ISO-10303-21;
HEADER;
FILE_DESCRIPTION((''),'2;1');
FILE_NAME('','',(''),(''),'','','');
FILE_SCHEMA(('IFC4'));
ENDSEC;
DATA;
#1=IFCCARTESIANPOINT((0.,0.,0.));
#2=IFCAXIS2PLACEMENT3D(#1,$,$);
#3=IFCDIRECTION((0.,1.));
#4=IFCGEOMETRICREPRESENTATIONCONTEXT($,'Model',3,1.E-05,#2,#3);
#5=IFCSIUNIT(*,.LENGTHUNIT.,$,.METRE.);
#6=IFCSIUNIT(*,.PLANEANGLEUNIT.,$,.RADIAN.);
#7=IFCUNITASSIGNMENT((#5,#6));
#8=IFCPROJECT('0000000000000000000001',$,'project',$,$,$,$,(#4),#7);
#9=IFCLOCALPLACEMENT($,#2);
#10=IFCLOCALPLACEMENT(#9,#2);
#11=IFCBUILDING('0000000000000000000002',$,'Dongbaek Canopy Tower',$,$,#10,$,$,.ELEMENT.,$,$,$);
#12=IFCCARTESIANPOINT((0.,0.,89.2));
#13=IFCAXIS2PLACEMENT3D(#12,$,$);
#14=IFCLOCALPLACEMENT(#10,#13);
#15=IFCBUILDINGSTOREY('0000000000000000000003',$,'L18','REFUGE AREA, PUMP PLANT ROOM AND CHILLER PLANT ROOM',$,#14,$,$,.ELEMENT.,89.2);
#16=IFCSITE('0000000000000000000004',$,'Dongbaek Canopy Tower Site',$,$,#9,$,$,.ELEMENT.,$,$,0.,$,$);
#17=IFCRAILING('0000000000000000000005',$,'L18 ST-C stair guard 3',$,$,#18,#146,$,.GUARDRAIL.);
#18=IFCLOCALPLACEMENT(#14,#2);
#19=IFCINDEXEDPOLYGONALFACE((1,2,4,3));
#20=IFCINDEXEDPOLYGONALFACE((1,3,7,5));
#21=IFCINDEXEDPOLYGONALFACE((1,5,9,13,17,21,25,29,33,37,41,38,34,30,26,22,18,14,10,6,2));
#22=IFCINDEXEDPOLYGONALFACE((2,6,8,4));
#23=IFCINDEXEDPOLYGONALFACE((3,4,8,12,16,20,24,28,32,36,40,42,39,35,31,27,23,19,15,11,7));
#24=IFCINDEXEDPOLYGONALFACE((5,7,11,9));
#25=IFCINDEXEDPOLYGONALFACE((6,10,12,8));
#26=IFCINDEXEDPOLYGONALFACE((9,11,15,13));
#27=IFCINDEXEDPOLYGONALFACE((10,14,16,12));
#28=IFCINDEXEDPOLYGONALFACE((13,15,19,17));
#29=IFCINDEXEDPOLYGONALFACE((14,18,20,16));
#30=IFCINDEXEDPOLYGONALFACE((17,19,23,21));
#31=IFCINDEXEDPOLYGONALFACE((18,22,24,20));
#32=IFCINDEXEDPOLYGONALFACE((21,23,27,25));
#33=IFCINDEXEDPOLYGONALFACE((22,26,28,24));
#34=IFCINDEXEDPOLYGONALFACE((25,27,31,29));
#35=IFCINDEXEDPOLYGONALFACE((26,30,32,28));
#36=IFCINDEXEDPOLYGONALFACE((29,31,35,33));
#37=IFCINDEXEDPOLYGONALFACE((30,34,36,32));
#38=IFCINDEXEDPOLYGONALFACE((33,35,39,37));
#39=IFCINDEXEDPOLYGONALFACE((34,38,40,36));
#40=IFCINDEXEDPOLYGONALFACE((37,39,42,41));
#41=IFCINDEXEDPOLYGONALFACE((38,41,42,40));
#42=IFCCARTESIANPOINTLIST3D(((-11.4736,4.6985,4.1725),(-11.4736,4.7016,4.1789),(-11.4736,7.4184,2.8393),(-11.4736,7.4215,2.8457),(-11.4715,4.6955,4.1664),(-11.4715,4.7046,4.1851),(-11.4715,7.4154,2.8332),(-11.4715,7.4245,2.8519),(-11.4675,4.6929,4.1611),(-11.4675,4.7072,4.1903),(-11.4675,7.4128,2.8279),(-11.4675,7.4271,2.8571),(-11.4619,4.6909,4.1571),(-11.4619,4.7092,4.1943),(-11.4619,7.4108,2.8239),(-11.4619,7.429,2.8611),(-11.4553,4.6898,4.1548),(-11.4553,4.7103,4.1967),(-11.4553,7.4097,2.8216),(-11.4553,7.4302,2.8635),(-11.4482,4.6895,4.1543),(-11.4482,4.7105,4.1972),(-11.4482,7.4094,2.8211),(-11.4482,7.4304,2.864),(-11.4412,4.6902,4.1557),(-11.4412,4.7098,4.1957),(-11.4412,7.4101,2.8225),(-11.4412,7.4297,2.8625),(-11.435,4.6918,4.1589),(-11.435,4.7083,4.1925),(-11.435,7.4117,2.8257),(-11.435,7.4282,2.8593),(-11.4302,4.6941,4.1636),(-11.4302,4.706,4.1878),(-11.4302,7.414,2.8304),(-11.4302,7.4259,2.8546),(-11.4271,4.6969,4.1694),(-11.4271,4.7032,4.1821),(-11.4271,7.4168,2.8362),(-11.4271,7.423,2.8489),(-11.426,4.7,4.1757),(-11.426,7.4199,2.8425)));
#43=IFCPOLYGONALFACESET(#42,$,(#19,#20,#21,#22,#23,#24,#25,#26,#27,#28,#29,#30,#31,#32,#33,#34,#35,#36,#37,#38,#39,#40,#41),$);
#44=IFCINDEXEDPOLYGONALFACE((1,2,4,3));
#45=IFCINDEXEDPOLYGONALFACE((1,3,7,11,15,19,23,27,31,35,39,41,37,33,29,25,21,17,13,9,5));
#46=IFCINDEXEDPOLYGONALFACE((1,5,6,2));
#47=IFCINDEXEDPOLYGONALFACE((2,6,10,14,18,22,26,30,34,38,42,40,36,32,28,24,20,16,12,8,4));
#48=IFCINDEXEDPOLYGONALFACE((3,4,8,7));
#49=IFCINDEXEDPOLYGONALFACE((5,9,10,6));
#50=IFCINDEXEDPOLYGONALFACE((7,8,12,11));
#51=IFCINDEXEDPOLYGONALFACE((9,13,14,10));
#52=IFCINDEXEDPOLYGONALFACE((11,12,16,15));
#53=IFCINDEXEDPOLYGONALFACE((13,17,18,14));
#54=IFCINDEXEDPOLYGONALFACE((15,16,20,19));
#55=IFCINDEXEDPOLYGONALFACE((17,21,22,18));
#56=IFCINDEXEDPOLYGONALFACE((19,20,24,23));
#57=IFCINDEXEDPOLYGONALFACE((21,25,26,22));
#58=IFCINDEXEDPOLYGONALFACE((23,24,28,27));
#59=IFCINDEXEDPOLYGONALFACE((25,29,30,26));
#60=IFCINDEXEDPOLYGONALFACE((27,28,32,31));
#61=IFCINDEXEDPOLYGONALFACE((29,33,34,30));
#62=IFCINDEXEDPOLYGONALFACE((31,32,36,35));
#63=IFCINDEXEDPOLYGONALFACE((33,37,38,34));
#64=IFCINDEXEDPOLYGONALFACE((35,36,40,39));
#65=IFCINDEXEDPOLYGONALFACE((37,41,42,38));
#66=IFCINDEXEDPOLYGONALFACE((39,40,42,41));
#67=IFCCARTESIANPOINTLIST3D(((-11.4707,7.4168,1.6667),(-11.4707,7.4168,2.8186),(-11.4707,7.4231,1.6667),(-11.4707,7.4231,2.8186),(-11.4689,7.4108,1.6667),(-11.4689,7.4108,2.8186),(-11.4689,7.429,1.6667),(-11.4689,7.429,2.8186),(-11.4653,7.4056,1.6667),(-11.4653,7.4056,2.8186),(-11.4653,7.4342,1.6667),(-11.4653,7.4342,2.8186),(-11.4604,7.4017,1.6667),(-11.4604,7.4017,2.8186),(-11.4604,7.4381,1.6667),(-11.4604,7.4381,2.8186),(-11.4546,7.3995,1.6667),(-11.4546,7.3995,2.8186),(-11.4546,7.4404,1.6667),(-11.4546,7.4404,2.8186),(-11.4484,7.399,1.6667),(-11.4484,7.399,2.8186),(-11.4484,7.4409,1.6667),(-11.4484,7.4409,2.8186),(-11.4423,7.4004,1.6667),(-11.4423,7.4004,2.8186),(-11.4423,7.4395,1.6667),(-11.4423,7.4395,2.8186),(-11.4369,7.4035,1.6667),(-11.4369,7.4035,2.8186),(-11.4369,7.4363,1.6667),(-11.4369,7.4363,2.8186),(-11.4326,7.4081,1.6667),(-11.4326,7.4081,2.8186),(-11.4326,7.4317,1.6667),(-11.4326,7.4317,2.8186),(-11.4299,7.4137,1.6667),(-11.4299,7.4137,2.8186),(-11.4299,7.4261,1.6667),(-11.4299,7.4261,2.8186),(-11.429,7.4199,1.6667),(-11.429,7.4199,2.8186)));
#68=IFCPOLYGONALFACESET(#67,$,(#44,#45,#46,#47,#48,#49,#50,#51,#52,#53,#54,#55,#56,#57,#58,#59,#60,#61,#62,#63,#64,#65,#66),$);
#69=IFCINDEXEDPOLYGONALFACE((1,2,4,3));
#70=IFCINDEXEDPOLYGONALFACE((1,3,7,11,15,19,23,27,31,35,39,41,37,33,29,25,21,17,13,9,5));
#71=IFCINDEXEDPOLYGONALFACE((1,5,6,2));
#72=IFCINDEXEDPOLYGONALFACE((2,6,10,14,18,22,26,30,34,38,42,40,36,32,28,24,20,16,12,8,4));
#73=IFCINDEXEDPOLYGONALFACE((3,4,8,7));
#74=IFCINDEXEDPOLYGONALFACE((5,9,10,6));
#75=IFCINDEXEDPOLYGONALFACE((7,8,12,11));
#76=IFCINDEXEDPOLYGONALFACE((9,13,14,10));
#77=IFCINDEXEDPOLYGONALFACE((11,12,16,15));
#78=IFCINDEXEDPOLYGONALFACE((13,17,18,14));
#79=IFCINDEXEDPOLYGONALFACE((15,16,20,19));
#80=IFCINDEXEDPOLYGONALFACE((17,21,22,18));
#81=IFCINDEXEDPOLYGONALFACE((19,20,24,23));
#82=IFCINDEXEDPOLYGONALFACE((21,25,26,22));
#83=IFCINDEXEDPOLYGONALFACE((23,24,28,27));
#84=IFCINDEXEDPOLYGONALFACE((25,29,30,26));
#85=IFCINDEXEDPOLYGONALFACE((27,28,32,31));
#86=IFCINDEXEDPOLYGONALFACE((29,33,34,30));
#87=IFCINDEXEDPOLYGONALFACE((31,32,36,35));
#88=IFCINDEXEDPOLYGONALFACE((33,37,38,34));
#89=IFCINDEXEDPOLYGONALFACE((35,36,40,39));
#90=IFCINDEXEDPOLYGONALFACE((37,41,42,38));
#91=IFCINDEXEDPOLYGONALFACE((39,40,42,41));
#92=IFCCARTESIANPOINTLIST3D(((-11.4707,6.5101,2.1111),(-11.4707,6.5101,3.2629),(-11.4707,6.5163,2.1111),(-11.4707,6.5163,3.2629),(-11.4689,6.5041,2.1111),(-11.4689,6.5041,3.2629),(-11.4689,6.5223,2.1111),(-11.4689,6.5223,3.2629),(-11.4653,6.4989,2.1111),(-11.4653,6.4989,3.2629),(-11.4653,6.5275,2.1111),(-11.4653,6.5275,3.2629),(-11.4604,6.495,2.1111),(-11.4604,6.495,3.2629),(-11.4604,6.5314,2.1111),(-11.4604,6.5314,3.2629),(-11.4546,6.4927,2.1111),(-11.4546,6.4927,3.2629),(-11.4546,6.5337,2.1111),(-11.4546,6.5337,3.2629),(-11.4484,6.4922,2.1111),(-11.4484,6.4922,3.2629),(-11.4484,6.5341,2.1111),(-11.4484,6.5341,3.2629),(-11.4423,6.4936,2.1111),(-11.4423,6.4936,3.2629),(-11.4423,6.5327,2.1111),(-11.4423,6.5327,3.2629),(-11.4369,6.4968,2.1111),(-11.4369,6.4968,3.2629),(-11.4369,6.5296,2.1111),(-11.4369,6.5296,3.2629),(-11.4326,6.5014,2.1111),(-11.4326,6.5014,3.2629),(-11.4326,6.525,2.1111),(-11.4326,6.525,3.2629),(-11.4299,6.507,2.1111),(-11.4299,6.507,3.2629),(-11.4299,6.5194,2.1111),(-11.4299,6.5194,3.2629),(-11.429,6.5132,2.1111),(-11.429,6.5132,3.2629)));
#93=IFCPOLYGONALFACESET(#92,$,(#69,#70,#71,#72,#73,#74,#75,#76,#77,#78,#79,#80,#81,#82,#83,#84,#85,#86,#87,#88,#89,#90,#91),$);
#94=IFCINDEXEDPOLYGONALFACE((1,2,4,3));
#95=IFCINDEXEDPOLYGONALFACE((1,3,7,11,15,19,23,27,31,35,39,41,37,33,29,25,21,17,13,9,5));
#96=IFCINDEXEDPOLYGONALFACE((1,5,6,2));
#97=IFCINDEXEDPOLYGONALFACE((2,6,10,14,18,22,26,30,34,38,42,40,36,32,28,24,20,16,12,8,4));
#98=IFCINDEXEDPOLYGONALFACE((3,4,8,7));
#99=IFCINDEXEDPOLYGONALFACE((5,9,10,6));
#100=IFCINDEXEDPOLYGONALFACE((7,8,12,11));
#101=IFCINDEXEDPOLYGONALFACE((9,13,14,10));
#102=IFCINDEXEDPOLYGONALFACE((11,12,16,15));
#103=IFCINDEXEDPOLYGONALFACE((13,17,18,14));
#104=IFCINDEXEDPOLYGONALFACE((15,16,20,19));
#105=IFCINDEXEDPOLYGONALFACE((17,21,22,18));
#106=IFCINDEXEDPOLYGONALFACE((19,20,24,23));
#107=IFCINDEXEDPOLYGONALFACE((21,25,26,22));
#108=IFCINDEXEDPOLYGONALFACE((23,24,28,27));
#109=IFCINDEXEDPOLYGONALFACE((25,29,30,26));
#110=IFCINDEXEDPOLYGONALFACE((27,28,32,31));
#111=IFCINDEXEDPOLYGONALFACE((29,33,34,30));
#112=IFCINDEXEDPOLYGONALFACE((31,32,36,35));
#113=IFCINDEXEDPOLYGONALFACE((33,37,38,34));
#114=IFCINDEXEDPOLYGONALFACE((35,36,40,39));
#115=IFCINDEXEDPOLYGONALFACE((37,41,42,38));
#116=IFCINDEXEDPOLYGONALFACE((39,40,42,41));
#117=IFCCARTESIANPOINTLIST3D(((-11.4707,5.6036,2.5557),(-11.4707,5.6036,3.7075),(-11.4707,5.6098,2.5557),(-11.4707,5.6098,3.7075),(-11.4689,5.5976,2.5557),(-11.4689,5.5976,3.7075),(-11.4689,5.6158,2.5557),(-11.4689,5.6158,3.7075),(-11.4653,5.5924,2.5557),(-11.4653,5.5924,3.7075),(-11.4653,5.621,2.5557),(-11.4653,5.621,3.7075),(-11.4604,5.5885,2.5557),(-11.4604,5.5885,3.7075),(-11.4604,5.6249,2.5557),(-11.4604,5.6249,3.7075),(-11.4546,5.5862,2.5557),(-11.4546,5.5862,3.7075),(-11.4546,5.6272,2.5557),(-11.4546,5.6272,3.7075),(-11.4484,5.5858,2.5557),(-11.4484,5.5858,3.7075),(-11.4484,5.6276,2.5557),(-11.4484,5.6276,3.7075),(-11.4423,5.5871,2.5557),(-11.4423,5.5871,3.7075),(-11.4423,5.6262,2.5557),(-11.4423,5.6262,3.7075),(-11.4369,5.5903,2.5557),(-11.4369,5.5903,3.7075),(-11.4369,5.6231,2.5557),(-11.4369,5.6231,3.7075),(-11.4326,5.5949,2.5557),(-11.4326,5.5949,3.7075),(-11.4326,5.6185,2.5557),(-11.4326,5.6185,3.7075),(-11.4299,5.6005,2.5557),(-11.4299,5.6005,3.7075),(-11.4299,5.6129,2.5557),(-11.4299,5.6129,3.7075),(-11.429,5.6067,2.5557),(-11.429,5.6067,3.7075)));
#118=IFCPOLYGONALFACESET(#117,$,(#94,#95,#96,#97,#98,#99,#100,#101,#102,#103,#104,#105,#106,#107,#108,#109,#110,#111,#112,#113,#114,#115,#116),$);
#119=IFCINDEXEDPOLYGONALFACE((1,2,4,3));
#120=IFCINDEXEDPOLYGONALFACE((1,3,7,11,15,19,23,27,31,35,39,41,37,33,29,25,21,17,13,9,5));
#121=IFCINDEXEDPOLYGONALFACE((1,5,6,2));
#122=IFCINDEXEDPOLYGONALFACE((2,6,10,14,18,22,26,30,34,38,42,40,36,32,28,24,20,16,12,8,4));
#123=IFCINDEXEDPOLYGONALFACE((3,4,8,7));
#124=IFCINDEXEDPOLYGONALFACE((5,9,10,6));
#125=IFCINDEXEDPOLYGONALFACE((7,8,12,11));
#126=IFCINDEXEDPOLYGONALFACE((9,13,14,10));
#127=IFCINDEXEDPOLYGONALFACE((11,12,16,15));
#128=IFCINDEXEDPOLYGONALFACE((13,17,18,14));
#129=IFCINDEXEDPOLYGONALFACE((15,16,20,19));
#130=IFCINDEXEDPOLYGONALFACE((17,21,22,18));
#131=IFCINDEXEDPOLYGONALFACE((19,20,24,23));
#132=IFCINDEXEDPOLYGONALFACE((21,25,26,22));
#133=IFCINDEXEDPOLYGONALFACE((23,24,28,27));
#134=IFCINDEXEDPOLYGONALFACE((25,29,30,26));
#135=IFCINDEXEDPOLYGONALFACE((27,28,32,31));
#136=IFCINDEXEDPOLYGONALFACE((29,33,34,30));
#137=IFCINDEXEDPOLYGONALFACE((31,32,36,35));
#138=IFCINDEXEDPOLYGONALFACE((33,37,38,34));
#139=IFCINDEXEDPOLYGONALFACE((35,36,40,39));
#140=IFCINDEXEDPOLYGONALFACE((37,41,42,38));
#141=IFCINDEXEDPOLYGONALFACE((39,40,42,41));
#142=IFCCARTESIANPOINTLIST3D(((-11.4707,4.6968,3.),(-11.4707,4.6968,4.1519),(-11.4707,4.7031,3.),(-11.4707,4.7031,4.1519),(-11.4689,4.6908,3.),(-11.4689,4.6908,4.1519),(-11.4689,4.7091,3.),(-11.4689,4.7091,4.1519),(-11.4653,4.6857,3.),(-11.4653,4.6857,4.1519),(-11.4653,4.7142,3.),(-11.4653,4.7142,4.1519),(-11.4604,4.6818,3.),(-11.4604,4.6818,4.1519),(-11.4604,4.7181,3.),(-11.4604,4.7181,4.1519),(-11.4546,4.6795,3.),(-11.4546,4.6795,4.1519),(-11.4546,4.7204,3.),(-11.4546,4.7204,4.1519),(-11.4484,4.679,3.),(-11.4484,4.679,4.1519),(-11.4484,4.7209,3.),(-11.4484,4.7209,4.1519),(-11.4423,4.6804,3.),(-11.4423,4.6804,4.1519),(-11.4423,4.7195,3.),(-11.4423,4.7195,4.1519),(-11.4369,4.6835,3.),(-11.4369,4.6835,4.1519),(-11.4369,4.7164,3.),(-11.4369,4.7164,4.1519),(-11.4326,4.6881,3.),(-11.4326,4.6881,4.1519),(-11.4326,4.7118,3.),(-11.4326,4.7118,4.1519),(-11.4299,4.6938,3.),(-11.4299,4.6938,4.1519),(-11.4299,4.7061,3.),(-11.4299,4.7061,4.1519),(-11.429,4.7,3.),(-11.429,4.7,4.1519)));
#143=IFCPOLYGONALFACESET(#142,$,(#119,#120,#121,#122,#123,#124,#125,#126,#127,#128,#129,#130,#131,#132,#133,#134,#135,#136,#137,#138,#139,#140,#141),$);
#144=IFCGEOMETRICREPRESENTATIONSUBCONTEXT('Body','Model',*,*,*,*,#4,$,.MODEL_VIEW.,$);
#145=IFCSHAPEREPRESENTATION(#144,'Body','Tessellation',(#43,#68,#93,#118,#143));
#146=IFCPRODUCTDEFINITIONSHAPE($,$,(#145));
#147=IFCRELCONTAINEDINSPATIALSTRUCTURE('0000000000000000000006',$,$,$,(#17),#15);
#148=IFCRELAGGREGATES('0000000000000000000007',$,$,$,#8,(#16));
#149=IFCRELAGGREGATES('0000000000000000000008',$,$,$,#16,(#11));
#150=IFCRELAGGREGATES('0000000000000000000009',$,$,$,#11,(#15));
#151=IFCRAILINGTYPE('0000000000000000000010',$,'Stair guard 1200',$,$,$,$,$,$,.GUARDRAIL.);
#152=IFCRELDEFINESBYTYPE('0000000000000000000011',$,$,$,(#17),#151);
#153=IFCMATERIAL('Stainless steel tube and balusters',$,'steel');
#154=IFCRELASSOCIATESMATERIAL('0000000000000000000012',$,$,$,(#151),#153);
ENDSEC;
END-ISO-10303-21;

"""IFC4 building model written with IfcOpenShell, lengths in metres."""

from ifc_helpers import new_model, si_unit, direction, frame, origin, origin_2d, place, context, subcontext, project, spatial, circle, extrude, material, type_object, element, save


model = new_model("IFC4")

# Units and contexts
model_context = context("Model", 3, precision=1e-05, world=origin(), true_north=direction((0.0, 1.0)))
body_context = subcontext(model_context, "Body", "Model", "MODEL_VIEW")
ifc_project = project(units=[si_unit("LENGTHUNIT", "METRE"), si_unit("PLANEANGLEUNIT", "RADIAN")], contexts=[model_context])

# Site, building, storey
site_placement = place(None, origin())
site = spatial("IfcSite", under=ifc_project, at=site_placement, Name="Dongbaek Canopy Tower Site", CompositionType="ELEMENT", RefElevation=0.0)
building_placement = place(site_placement, origin())
building = spatial("IfcBuilding", under=site, at=building_placement, Name="Dongbaek Canopy Tower", CompositionType="ELEMENT")
storey_placement = place(building_placement, frame((0.0, 0.0, 89.2)))
storey = spatial("IfcBuildingStorey", under=building, at=storey_placement, Name="L18", Description="REFUGE AREA, PUMP PLANT ROOM AND CHILLER PLANT ROOM", CompositionType="ELEMENT", Elevation=89.2)

# Railing
ifc_material_1 = material(Name="Stainless steel tube and balusters", Category="steel")
railing_type = type_object("IfcRailingType", Name="Stair guard 1200", PredefinedType="GUARDRAIL", material=ifc_material_1)
railing_1_placement = place(storey_placement, frame((-11.45, 7.4199, 1.6667)))
element("IfcRailing", 1, at=railing_1_placement, inside=storey, type_object=railing_type, Name="L18 ST-C stair guard 3", PredefinedType="GUARDRAIL", context=body_context, shape_type="SweptSolid", body=[
    extrude(circle(Radius=0.0239, at=origin_2d()), frame((0.0, 0.0, 1.1758), z_axis=(0.0, -0.897929, 0.440139), x_axis=(1.0, 0.0, 0.0)), (0.0, 0.0, 1.0), 3.0291),
    extrude(circle(Radius=0.021, at=origin_2d()), origin(), (0.0, 0.0, 1.0), 1.1519),
    extrude(circle(Radius=0.021, at=origin_2d()), frame((0.0, -0.9067, 0.4443)), (0.0, 0.0, 1.0), 1.1519),
    extrude(circle(Radius=0.021, at=origin_2d()), frame((0.0, -1.8132, 0.8889)), (0.0, 0.0, 1.0), 1.1519),
    extrude(circle(Radius=0.021, at=origin_2d()), frame((0.0, -2.72, 1.3333)), (0.0, 0.0, 1.0), 1.1519),
])

save(model, "model.ifc")
